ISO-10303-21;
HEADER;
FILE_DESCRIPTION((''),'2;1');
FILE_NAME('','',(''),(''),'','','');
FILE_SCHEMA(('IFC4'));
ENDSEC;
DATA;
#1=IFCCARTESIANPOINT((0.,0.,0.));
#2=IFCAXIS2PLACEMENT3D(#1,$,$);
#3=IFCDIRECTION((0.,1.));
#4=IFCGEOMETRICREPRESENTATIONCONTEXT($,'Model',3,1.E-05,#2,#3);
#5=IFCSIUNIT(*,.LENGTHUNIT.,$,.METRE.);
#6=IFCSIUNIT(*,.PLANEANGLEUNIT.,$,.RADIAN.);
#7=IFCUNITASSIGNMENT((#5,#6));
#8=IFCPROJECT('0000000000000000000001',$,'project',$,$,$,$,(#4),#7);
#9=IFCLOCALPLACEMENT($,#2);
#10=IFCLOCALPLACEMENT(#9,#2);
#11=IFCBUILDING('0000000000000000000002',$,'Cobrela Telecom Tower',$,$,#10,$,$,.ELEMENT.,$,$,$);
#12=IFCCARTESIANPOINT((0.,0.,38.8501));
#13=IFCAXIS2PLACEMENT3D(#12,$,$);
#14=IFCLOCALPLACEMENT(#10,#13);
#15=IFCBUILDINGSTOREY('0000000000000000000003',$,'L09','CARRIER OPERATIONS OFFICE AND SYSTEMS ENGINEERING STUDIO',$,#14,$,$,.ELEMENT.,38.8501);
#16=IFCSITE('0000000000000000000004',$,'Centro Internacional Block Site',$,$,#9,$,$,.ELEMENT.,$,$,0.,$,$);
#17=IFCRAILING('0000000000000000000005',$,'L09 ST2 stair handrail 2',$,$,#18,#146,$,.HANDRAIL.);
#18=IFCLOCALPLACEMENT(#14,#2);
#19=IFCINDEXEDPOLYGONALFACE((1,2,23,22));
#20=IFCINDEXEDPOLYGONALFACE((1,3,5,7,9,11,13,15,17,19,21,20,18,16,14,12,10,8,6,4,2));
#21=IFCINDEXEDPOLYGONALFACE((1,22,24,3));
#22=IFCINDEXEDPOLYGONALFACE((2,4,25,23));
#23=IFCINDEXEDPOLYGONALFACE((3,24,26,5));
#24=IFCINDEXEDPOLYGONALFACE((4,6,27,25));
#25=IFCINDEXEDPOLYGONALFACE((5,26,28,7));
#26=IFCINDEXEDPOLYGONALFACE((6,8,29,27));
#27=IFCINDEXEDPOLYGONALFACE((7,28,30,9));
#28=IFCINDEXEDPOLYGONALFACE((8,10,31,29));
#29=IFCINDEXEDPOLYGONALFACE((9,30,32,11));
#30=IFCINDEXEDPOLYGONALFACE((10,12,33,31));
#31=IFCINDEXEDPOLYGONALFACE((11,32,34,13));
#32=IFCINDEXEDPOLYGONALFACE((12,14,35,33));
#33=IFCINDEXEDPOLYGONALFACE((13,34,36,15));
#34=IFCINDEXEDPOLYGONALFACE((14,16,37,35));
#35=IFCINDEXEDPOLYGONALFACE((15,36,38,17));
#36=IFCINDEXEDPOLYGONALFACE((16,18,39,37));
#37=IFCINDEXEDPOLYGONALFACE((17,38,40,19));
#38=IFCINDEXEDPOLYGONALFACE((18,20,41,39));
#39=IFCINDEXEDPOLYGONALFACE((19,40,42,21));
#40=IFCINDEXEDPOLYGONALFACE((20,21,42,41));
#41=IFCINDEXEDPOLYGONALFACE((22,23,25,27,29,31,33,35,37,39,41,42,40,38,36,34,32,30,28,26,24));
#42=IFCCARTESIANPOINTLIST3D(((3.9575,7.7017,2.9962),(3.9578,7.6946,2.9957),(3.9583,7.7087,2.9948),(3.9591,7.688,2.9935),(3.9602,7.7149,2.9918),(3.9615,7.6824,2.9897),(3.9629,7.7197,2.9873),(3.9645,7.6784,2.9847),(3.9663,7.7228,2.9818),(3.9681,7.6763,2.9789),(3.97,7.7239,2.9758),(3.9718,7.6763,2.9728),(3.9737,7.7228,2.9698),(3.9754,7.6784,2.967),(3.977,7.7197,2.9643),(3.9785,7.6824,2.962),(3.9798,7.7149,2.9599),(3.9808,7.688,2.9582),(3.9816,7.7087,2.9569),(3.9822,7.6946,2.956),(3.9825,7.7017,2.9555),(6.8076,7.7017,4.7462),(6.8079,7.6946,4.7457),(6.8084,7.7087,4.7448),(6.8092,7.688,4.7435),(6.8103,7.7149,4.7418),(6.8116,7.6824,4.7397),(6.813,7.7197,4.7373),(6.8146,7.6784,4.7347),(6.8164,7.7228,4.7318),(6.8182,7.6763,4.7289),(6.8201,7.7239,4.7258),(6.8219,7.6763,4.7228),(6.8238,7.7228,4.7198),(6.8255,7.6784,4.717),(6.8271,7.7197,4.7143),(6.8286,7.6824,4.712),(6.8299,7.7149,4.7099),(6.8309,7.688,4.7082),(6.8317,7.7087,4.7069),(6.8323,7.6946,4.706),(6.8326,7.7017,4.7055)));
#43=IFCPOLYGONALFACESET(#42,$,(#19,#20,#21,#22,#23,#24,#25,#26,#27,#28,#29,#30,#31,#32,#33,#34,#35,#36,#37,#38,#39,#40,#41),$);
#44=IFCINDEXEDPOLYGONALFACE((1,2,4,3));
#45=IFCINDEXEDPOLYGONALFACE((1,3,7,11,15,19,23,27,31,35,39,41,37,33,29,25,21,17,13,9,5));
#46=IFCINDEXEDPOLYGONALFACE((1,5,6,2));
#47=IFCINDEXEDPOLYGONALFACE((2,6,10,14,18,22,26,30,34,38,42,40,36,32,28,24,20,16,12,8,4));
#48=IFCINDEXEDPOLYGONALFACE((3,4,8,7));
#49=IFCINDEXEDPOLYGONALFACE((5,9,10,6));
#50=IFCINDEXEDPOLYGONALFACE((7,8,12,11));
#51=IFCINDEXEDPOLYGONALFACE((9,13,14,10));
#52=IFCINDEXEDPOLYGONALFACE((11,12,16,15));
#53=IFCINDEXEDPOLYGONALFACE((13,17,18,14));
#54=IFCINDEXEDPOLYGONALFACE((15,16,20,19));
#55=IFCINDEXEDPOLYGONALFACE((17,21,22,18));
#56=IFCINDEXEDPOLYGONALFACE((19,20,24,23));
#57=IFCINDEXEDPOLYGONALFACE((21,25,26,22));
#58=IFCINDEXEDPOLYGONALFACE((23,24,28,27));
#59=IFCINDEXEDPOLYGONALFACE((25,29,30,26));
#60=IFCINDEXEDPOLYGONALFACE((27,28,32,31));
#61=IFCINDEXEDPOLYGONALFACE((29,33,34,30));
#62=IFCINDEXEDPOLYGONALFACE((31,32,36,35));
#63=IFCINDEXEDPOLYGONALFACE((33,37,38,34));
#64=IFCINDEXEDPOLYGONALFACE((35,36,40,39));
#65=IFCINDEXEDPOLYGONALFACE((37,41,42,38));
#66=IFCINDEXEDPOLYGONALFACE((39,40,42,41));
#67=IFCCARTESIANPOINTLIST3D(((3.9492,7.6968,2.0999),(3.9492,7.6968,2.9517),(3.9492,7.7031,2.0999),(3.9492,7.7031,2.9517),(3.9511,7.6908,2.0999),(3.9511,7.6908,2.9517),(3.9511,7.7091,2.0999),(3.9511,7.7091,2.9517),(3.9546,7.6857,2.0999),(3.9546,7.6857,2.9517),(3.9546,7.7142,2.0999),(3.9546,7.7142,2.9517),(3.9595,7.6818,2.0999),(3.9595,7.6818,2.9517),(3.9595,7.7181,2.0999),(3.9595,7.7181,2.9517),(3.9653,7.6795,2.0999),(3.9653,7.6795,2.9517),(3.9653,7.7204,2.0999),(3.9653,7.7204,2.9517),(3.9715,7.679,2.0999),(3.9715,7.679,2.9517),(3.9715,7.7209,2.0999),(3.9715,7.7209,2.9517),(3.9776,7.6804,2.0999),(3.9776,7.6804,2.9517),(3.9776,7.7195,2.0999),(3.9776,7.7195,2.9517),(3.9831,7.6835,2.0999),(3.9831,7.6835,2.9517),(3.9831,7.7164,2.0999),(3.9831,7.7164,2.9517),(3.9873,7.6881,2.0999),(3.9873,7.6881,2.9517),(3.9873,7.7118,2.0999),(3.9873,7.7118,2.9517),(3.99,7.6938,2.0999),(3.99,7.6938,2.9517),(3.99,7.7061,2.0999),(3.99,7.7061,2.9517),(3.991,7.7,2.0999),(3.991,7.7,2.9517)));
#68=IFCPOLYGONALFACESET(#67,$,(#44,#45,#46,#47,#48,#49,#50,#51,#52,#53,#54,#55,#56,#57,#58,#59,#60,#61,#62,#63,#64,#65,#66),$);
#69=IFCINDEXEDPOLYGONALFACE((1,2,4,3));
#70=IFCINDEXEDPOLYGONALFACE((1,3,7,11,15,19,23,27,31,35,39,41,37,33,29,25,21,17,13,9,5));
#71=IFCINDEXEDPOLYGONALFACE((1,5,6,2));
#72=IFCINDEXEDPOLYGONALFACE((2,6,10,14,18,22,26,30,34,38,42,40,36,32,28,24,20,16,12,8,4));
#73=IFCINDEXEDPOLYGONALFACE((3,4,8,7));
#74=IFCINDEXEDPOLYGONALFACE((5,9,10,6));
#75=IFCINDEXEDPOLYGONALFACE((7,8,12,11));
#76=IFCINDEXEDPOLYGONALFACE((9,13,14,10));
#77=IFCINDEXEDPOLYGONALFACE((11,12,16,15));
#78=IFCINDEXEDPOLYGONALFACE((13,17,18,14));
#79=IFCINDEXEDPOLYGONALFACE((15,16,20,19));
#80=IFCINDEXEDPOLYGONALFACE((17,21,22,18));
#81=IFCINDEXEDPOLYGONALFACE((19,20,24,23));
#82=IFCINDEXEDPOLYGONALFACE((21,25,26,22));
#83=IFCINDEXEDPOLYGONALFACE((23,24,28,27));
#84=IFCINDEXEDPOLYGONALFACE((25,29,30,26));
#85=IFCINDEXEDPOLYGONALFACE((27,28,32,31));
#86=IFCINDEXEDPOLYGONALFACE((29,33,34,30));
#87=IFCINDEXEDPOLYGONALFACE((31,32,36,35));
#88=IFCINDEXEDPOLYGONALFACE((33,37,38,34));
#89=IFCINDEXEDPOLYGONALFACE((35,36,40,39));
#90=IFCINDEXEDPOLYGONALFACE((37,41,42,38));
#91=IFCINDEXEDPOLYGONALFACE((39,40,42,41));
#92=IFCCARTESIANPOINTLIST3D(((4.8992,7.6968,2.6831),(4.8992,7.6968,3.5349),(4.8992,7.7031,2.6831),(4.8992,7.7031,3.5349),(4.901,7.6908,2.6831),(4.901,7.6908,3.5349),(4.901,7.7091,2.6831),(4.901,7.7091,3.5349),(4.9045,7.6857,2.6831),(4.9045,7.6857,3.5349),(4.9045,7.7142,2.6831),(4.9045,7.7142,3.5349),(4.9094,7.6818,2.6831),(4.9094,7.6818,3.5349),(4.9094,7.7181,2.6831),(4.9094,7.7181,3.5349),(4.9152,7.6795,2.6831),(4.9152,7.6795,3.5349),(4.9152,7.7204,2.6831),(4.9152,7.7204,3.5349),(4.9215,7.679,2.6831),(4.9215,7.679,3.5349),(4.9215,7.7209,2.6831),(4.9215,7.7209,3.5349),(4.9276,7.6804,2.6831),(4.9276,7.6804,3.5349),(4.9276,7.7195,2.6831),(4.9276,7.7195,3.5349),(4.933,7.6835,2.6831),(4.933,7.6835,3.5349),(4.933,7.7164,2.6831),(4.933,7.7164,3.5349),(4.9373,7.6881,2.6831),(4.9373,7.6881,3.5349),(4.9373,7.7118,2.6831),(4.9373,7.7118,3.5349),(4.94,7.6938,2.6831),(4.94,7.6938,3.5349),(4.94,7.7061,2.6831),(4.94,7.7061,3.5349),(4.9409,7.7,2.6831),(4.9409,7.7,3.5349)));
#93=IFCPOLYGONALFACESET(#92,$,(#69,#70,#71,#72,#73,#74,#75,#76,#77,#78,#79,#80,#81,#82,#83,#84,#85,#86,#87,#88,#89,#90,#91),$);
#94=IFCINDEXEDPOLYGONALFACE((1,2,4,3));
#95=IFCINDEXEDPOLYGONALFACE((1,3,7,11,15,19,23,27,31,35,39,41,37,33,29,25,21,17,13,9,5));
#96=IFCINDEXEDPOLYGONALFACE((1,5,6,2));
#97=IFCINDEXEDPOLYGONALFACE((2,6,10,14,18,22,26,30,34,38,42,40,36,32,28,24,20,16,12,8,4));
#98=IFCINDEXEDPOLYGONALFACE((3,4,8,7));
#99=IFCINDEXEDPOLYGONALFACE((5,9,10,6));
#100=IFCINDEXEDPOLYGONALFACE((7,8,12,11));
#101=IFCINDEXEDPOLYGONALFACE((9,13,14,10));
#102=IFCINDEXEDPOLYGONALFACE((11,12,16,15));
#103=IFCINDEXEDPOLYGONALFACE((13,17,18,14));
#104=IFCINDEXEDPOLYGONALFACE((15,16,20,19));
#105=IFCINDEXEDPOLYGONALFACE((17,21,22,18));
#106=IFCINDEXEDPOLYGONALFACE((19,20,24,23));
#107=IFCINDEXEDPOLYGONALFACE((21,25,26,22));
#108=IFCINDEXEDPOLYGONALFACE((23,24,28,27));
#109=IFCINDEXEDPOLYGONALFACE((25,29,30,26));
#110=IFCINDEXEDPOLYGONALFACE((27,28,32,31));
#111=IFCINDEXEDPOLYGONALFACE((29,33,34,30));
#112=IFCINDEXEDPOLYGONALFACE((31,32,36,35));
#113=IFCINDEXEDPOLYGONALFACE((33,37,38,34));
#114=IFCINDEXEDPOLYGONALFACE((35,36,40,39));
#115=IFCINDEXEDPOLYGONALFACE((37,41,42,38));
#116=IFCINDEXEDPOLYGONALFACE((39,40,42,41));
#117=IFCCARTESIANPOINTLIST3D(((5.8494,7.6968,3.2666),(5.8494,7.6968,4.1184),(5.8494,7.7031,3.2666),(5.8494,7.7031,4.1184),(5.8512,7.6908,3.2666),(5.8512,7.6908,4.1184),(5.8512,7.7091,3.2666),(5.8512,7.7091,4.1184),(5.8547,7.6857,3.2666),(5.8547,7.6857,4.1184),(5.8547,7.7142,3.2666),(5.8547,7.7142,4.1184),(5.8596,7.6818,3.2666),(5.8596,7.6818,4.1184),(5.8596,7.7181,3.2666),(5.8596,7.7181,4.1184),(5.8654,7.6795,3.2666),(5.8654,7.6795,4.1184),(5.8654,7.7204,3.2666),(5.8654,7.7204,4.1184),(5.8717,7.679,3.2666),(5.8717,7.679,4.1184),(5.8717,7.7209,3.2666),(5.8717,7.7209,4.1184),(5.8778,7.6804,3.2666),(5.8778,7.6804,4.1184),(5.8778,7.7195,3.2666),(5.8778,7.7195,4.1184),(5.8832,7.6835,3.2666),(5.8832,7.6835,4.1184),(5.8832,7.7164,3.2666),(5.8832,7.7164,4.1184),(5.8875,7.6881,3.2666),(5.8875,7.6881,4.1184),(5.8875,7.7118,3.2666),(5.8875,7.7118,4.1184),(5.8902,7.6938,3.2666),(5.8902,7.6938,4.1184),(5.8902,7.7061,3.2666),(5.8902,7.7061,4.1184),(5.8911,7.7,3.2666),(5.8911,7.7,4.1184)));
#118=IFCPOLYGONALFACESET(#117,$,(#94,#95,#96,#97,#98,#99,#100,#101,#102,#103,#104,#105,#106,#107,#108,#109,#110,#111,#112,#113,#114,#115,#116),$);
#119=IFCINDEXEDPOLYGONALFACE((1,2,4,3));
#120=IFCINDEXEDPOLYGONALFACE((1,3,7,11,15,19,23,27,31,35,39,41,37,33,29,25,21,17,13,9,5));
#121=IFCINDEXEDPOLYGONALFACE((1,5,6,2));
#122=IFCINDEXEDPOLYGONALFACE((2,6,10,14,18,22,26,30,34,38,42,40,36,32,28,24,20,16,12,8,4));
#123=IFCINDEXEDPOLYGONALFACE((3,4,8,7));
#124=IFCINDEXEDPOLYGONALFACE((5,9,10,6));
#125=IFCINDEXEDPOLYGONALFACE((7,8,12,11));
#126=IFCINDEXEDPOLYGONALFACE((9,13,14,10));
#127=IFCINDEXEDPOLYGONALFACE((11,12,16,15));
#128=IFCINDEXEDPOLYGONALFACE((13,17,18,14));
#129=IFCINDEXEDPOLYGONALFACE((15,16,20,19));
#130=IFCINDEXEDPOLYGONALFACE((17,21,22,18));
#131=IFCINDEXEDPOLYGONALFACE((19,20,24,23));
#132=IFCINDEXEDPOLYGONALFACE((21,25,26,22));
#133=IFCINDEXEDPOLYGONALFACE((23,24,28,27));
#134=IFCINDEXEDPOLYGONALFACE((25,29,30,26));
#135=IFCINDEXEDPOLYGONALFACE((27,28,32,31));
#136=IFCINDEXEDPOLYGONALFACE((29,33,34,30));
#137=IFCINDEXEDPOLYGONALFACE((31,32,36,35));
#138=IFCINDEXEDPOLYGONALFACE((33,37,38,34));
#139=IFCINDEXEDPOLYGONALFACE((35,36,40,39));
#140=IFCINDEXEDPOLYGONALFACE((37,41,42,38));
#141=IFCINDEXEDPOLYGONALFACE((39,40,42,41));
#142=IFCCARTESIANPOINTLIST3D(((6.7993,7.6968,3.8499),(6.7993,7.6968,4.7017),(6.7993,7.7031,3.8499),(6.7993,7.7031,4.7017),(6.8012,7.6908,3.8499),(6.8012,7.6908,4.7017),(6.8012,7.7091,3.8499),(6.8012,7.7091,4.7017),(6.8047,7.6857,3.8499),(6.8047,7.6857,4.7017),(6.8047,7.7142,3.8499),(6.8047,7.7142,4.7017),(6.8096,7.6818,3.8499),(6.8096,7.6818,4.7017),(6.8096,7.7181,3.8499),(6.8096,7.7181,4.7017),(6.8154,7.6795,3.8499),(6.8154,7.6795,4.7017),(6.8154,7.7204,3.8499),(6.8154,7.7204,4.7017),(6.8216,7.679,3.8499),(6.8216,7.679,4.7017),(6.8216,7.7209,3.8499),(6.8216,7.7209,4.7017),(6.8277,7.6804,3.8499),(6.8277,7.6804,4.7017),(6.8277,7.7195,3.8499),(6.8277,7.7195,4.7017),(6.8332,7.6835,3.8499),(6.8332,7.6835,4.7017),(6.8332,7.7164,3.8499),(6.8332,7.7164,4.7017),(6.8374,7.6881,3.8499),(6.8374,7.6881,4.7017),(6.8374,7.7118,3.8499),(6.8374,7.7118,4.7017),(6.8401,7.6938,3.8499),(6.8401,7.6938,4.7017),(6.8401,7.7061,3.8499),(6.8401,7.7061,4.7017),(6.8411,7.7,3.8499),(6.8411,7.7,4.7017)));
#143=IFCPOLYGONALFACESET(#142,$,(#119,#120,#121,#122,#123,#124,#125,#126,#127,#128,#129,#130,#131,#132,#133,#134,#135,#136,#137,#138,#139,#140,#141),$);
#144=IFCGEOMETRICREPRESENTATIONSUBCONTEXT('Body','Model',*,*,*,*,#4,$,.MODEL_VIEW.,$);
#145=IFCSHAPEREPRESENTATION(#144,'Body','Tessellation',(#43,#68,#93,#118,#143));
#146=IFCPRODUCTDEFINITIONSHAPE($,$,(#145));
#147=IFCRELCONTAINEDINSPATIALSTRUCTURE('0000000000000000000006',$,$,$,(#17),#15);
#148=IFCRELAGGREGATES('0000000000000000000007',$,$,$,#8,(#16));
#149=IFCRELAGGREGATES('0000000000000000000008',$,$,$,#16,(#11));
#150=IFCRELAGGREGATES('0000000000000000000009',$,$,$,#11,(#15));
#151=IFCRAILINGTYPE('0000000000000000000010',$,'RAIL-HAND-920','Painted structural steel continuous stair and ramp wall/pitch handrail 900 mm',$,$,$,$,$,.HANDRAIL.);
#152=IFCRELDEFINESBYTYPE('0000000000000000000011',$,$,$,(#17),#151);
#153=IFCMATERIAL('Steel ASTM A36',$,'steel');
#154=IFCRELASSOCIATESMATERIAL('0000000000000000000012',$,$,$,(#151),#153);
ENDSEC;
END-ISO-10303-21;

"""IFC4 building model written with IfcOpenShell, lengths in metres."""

from ifc_helpers import new_model, si_unit, direction, frame, origin, origin_2d, place, context, subcontext, project, spatial, circle, extrude, material, type_object, element, save


model = new_model("IFC4")

# Units and contexts
model_context = context("Model", 3, precision=1e-05, world=origin(), true_north=direction((0.0, 1.0)))
body_context = subcontext(model_context, "Body", "Model", "MODEL_VIEW")
ifc_project = project(units=[si_unit("LENGTHUNIT", "METRE"), si_unit("PLANEANGLEUNIT", "RADIAN")], contexts=[model_context])

# Site, building, storey
site_placement = place(None, origin())
site = spatial("IfcSite", under=ifc_project, at=site_placement, Name="Centro Internacional Block Site", CompositionType="ELEMENT", RefElevation=0.0)
building_placement = place(site_placement, origin())
building = spatial("IfcBuilding", under=site, at=building_placement, Name="Cobrela Telecom Tower", CompositionType="ELEMENT")
storey_placement = place(building_placement, frame((0.0, 0.0, 38.8501)))
storey = spatial("IfcBuildingStorey", under=building, at=storey_placement, Name="L09", Description="CARRIER OPERATIONS OFFICE AND SYSTEMS ENGINEERING STUDIO", CompositionType="ELEMENT", Elevation=38.8501)

# Railing
ifc_material_1 = material(Name="Steel ASTM A36", Category="steel")
railing_type = type_object("IfcRailingType", Name="RAIL-HAND-920", Description="Painted structural steel continuous stair and ramp wall/pitch handrail 900 mm", PredefinedType="HANDRAIL", material=ifc_material_1)
railing_placement = place(storey_placement, frame((3.97, 7.7, 2.0999)))
element("IfcRailing", 1, at=railing_placement, inside=storey, type_object=railing_type, Name="L09 ST2 stair handrail 2", PredefinedType="HANDRAIL", context=body_context, shape_type="SweptSolid", body=[
    extrude(circle(Radius=0.0239, at=origin_2d()), frame((0.0, 0.0, 0.876), z_axis=(0.852179, 0.0, 0.52325), x_axis=(0.0, 1.0, 0.0)), (0.0, 0.0, 1.0), 3.3445),
    extrude(circle(Radius=0.021, at=origin_2d()), origin(), (0.0, 0.0, 1.0), 0.8518),
    extrude(circle(Radius=0.021, at=origin_2d()), frame((0.95, 0.0, 0.5833)), (0.0, 0.0, 1.0), 0.8518),
    extrude(circle(Radius=0.021, at=origin_2d()), frame((1.9001, 0.0, 1.1667)), (0.0, 0.0, 1.0), 0.8518),
    extrude(circle(Radius=0.021, at=origin_2d()), frame((2.8501, 0.0, 1.75)), (0.0, 0.0, 1.0), 0.8518),
])

save(model, "model.ifc")
